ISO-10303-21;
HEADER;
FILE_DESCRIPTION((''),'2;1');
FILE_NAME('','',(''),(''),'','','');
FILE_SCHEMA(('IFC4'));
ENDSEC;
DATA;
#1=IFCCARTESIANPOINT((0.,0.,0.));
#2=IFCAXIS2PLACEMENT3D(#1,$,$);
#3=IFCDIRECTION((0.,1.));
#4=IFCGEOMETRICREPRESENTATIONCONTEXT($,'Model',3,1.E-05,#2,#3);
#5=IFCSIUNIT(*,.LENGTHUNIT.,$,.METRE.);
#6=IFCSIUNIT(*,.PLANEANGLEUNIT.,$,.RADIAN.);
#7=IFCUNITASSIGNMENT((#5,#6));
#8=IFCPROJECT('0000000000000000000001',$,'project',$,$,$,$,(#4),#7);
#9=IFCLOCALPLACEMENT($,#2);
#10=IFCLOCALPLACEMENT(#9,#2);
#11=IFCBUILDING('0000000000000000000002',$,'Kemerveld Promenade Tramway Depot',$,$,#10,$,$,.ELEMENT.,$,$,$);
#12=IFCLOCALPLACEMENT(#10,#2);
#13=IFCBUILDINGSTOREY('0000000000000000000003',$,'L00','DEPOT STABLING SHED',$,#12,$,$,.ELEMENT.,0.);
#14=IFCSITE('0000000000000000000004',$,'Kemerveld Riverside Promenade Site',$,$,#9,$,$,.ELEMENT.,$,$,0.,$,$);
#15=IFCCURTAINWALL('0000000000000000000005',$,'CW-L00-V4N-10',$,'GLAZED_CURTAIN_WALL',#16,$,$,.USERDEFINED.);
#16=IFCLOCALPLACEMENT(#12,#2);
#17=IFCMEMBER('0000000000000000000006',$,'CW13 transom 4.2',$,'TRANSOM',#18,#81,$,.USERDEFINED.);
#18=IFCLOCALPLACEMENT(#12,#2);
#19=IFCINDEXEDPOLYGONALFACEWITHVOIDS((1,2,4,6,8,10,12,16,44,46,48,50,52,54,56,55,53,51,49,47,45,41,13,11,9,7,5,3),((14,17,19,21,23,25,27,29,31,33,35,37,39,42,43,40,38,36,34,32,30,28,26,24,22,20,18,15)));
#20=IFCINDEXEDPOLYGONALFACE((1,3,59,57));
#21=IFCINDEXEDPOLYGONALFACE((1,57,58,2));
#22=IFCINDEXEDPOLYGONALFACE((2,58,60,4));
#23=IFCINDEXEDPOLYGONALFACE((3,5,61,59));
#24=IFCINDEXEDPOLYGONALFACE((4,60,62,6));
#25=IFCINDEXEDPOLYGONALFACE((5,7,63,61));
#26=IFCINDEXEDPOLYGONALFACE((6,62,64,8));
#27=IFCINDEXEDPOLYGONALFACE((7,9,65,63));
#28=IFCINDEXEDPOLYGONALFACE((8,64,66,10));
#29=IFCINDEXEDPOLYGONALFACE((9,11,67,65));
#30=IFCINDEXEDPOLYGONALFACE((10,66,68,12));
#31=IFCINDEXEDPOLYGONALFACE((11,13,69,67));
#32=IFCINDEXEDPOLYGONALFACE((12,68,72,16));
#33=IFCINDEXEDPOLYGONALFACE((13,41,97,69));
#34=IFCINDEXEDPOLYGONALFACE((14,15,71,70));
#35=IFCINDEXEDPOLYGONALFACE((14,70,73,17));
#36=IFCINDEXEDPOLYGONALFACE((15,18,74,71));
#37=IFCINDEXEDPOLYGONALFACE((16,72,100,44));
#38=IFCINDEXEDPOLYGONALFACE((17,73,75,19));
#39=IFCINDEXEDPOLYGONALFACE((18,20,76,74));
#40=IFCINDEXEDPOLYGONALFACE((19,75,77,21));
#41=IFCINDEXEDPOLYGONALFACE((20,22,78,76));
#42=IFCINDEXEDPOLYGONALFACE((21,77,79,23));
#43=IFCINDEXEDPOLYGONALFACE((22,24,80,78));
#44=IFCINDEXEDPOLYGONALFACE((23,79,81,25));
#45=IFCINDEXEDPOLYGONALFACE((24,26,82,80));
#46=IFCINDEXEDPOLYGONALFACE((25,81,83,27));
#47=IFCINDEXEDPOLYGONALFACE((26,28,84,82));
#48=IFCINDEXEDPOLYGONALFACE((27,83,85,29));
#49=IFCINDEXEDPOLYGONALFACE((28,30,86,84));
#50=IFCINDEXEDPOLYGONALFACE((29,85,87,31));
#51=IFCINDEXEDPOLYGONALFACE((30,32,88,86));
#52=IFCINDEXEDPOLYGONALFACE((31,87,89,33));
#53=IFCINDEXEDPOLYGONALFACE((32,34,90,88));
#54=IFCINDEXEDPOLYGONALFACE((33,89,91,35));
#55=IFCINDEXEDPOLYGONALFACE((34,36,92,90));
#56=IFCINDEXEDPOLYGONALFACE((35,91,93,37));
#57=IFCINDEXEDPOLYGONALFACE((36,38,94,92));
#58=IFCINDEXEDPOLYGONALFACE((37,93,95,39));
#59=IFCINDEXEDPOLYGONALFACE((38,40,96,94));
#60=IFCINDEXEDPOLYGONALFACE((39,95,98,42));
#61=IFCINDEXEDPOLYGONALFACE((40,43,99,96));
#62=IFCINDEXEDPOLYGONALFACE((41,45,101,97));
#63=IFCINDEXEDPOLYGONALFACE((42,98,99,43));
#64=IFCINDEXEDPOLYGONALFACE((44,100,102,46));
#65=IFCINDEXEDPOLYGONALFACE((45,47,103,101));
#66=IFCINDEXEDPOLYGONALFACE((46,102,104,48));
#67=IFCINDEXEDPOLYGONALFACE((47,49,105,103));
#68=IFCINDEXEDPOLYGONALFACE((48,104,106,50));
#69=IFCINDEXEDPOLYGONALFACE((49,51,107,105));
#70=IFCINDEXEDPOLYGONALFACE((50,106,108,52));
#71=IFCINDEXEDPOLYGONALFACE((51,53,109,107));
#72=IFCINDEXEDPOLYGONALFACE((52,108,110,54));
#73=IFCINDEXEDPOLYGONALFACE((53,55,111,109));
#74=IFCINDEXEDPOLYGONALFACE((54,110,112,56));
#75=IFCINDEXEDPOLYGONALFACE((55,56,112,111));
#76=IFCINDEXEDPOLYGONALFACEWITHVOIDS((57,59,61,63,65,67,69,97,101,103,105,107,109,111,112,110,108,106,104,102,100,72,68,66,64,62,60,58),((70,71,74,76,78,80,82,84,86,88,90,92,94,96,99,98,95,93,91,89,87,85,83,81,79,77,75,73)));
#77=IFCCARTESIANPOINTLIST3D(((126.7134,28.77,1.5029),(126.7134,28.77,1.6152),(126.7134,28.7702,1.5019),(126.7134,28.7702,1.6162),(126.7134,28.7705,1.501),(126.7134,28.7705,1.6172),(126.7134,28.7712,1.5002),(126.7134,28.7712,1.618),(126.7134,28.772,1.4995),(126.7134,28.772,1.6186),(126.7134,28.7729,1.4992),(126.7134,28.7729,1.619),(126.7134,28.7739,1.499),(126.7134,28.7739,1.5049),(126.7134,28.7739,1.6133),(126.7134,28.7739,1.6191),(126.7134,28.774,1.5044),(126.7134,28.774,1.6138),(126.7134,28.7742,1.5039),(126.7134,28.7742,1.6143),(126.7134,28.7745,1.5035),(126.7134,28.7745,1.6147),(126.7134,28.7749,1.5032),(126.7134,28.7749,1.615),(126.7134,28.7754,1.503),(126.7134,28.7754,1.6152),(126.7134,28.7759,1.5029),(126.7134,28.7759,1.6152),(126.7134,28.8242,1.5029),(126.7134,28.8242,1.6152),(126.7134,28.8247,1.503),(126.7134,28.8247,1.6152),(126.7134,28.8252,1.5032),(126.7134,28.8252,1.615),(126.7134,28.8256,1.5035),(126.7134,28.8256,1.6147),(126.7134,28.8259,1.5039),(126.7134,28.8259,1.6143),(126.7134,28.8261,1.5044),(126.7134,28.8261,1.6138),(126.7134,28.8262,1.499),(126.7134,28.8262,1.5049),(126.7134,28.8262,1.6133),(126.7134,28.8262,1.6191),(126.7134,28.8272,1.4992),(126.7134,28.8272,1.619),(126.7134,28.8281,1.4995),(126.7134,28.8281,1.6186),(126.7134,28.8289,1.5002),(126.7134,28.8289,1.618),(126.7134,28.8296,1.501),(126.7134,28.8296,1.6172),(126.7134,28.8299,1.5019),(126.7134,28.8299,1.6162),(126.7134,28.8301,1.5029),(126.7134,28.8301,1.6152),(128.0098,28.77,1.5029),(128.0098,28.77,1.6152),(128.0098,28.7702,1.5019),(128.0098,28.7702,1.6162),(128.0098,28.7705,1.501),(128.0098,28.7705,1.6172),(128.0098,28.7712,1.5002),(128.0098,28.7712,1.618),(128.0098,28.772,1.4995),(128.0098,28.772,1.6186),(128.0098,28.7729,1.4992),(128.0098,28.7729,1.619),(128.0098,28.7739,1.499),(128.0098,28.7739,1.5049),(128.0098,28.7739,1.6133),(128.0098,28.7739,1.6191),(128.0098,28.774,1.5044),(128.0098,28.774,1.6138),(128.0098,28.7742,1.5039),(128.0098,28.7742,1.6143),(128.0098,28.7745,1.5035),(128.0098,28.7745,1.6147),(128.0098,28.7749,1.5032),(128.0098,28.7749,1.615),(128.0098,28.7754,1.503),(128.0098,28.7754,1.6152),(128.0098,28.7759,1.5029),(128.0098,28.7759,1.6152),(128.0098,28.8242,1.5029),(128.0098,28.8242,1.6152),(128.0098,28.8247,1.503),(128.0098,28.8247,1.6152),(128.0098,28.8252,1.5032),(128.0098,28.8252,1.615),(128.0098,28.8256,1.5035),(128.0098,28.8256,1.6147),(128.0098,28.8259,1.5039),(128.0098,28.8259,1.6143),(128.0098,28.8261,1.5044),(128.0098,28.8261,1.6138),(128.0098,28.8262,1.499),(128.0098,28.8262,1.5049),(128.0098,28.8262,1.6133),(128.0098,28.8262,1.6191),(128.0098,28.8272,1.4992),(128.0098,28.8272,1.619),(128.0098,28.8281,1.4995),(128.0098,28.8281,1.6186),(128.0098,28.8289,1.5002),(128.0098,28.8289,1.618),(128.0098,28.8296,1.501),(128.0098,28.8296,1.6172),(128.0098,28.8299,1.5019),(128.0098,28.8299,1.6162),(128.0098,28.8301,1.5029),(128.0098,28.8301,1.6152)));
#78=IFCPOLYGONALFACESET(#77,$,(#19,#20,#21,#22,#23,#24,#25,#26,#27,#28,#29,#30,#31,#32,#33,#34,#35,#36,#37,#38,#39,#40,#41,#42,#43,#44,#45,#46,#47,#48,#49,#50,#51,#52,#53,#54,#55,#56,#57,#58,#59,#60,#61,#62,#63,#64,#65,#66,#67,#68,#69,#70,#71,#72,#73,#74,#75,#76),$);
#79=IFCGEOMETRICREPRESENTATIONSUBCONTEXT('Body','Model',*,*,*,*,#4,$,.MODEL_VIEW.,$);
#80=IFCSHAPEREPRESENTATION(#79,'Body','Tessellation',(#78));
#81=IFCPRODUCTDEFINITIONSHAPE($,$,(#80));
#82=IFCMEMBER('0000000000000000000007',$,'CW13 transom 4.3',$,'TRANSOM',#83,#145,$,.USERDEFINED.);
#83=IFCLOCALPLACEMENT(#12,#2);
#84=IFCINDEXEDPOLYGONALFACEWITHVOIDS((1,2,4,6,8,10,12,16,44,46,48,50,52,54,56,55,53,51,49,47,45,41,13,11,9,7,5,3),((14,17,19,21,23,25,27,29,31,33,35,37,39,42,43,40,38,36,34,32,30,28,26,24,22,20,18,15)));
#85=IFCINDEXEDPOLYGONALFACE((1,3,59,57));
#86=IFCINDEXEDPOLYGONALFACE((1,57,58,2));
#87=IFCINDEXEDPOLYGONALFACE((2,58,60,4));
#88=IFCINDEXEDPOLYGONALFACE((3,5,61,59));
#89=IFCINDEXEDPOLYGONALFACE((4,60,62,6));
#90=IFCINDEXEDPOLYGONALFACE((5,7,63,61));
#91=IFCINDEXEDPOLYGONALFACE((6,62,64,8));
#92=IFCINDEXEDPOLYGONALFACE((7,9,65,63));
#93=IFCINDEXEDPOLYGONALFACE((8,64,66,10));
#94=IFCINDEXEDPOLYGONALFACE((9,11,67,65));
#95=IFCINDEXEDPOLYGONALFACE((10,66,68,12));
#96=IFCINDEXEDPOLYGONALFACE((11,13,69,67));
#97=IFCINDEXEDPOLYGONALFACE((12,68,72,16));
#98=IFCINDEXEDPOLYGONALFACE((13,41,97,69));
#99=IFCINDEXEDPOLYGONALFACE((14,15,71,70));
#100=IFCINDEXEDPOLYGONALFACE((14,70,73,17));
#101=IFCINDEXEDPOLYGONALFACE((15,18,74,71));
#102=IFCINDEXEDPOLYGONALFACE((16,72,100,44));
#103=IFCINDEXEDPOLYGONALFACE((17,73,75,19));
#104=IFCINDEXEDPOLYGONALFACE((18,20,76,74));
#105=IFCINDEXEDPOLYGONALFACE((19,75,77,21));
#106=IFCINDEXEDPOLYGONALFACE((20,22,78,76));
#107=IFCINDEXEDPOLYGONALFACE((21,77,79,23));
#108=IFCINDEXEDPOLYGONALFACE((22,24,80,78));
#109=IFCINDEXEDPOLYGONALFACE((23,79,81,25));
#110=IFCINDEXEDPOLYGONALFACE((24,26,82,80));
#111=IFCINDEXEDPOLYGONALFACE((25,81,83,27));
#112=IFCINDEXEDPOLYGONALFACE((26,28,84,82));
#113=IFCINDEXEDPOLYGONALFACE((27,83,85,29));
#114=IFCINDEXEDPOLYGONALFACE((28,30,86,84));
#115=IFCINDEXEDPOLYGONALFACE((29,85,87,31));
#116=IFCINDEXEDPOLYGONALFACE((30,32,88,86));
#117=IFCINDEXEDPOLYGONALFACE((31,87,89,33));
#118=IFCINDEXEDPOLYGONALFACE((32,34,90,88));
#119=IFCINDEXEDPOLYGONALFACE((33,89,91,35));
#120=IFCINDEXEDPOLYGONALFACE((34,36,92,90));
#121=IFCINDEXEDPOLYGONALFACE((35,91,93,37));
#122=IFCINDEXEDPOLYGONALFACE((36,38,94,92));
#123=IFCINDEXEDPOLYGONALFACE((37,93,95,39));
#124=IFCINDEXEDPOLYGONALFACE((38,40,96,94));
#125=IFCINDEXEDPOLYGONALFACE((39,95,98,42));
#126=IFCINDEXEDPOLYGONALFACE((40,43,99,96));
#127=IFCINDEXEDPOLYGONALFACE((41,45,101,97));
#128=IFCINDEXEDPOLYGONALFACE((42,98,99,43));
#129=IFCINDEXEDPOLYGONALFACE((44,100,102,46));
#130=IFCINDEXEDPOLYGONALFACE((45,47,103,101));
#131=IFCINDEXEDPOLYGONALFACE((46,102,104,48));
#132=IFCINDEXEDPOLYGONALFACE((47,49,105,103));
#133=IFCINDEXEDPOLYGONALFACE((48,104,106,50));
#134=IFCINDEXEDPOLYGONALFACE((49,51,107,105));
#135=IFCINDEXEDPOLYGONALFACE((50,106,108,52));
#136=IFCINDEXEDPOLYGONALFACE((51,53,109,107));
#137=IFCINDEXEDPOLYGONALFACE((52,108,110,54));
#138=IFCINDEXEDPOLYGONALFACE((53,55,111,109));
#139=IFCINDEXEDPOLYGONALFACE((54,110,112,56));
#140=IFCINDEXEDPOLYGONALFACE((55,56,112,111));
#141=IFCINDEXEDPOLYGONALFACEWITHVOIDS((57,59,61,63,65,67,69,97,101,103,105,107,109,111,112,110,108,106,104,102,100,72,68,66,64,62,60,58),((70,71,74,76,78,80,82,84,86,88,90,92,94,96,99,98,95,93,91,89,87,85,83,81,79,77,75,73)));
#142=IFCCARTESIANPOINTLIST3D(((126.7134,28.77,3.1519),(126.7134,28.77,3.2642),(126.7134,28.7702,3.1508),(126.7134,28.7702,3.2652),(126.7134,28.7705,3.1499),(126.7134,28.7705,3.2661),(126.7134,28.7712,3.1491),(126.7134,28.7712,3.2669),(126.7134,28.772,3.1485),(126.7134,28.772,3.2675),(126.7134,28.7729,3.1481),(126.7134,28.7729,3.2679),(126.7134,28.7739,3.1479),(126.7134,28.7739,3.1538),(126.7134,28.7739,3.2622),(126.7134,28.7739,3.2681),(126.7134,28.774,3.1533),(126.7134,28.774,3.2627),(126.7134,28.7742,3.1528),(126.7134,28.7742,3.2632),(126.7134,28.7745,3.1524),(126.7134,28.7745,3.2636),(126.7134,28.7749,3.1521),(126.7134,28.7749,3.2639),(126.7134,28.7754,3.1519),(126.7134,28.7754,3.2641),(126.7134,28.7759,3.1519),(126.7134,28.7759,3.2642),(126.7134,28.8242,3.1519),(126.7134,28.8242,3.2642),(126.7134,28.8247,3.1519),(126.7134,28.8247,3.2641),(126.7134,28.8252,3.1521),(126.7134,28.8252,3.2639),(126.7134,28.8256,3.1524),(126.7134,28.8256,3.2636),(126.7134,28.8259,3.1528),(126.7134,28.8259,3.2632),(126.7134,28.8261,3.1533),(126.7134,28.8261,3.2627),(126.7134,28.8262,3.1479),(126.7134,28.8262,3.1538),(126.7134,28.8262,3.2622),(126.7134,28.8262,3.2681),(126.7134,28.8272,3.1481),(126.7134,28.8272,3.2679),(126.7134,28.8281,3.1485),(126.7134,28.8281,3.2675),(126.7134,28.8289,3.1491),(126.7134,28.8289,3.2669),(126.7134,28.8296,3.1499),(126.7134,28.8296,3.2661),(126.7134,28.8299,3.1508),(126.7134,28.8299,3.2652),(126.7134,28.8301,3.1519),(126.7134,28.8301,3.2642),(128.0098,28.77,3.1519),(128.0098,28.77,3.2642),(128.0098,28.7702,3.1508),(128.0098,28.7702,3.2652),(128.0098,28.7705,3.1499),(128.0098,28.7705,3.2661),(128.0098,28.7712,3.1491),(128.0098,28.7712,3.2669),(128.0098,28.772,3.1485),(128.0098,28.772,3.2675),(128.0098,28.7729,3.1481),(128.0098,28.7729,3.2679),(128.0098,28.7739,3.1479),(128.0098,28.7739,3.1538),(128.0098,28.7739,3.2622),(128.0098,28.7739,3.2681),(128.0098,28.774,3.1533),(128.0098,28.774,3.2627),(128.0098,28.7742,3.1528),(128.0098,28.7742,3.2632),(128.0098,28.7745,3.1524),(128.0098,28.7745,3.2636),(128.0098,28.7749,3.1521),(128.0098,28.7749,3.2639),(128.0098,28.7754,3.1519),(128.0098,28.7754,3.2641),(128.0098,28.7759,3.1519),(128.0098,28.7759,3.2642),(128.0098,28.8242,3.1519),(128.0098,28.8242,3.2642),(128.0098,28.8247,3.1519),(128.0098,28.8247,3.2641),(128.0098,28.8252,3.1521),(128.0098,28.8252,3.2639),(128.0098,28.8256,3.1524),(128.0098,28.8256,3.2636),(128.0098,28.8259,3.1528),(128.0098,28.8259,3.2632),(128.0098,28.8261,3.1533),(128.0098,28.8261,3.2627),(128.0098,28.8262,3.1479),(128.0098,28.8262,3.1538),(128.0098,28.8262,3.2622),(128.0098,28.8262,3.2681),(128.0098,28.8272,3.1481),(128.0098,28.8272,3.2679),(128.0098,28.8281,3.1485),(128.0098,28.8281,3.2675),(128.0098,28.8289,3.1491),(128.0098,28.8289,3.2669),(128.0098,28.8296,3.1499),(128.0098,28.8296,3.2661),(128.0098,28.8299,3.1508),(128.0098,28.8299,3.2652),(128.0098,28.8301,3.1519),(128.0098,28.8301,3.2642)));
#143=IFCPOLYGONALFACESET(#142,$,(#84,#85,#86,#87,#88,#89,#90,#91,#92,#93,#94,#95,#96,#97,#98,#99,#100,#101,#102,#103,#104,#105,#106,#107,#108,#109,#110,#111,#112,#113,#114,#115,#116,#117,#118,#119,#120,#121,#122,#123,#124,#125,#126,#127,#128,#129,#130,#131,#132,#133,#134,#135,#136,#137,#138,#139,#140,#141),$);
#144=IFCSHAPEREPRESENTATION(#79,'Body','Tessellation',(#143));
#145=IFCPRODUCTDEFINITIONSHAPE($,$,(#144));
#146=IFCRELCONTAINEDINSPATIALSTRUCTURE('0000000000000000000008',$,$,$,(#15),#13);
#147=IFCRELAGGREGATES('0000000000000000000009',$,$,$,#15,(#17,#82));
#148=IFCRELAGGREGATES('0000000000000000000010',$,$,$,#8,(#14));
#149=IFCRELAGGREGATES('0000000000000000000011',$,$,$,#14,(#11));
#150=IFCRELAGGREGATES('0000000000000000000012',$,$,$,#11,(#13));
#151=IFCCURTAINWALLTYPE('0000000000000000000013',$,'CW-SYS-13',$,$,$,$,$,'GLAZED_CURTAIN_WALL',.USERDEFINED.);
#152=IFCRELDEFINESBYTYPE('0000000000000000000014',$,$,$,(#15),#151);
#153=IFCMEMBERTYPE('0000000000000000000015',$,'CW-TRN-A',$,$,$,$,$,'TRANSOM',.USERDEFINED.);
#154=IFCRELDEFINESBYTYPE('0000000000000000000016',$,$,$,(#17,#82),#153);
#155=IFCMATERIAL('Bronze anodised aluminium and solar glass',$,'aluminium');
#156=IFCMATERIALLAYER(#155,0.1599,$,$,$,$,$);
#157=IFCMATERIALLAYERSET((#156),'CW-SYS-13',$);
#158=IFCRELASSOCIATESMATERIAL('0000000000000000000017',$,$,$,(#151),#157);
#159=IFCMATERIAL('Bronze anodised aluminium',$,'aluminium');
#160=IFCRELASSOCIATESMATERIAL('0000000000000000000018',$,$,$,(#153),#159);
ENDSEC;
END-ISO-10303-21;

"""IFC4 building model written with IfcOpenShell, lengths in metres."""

from ifc_helpers import new_model, si_unit, direction, frame, origin, origin_2d, place, context, subcontext, project, spatial, hollow_rectangle, extrude, material, layer, layer_set, material_profile, profile_set, type_object, element, aggregate, save


model = new_model("IFC4")

# Units and contexts
model_context = context("Model", 3, precision=1e-05, world=origin(), true_north=direction((0.0, 1.0)))
body_context = subcontext(model_context, "Body", "Model", "MODEL_VIEW")
ifc_project = project(units=[si_unit("LENGTHUNIT", "METRE"), si_unit("PLANEANGLEUNIT", "RADIAN")], contexts=[model_context])

# Site, building, storey
site_placement = place(None, origin())
site = spatial("IfcSite", under=ifc_project, at=site_placement, Name="Kemerveld Riverside Promenade Site", CompositionType="ELEMENT", RefElevation=0.0)
building_placement = place(site_placement, origin())
building = spatial("IfcBuilding", under=site, at=building_placement, Name="Kemerveld Promenade Tramway Depot", CompositionType="ELEMENT")
storey_placement = place(building_placement, origin())
storey = spatial("IfcBuildingStorey", under=building, at=storey_placement, Name="L00", Description="DEPOT STABLING SHED", CompositionType="ELEMENT", Elevation=0.0)

# Curtain wall, members
ifc_material_1 = material(Name="Bronze anodised aluminium and solar glass", Category="aluminium")
ifc_layer_1 = layer(ifc_material_1, 0.1599)
ifc_layer_set_1 = layer_set([ifc_layer_1], Name="CW-SYS-13")
curtain_wall_type = type_object("IfcCurtainWallType", Name="CW-SYS-13", ElementType="GLAZED_CURTAIN_WALL", PredefinedType="USERDEFINED", material=ifc_layer_set_1)
curtain_wall_placement = place(storey_placement, origin())
curtain_wall = element("IfcCurtainWall", 1, at=curtain_wall_placement, inside=storey, type_object=curtain_wall_type, Name="CW-L00-V4N-10", ObjectType="GLAZED_CURTAIN_WALL", PredefinedType="USERDEFINED")
ifc_material_2 = material(Name="Bronze anodised aluminium", Category="aluminium")
ifc_material_profile_1 = material_profile(ifc_material_2, hollow_rectangle(XDim=0.0601, YDim=0.1201, WallThickness=0.0039, InnerFilletRadius=0.002, OuterFilletRadius=0.0039, at=origin_2d()), Name="CW-TRN-120x60")
ifc_profile_set_1 = profile_set([ifc_material_profile_1], Name="Bronze anodised aluminium")
member_type_1 = type_object("IfcMemberType", Name="CW-TRN-A", ElementType="TRANSOM", PredefinedType="USERDEFINED", material=ifc_profile_set_1)
member_1_placement = place(storey_placement, frame((126.7134, 28.8, 1.5591), z_axis=(1.0, 0.0, 0.0), x_axis=(0.0, 1.0, 0.0)))
member_1 = element("IfcMember", 2, at=member_1_placement, type_object=member_type_1, Name="CW13 transom 4.2", ObjectType="TRANSOM", PredefinedType="USERDEFINED", context=body_context, shape_type="SweptSolid", body=[
    extrude(hollow_rectangle(XDim=0.0601, YDim=0.1201, WallThickness=0.0039, InnerFilletRadius=0.002, OuterFilletRadius=0.0039, at=origin_2d()), origin(), (0.0, 0.0, 1.0), 1.2964),
])
member_2_placement = place(storey_placement, frame((126.7134, 28.8, 3.208), z_axis=(1.0, 0.0, 0.0), x_axis=(0.0, 1.0, 0.0)))
member_2 = element("IfcMember", 3, at=member_2_placement, type_object=member_type_1, Name="CW13 transom 4.3", ObjectType="TRANSOM", PredefinedType="USERDEFINED", context=body_context, shape_type="SweptSolid", body=[
    extrude(hollow_rectangle(XDim=0.0601, YDim=0.1201, WallThickness=0.0039, InnerFilletRadius=0.002, OuterFilletRadius=0.0039, at=origin_2d()), origin(), (0.0, 0.0, 1.0), 1.2964),
])
aggregate(curtain_wall, [member_1, member_2])

save(model, "model.ifc")
